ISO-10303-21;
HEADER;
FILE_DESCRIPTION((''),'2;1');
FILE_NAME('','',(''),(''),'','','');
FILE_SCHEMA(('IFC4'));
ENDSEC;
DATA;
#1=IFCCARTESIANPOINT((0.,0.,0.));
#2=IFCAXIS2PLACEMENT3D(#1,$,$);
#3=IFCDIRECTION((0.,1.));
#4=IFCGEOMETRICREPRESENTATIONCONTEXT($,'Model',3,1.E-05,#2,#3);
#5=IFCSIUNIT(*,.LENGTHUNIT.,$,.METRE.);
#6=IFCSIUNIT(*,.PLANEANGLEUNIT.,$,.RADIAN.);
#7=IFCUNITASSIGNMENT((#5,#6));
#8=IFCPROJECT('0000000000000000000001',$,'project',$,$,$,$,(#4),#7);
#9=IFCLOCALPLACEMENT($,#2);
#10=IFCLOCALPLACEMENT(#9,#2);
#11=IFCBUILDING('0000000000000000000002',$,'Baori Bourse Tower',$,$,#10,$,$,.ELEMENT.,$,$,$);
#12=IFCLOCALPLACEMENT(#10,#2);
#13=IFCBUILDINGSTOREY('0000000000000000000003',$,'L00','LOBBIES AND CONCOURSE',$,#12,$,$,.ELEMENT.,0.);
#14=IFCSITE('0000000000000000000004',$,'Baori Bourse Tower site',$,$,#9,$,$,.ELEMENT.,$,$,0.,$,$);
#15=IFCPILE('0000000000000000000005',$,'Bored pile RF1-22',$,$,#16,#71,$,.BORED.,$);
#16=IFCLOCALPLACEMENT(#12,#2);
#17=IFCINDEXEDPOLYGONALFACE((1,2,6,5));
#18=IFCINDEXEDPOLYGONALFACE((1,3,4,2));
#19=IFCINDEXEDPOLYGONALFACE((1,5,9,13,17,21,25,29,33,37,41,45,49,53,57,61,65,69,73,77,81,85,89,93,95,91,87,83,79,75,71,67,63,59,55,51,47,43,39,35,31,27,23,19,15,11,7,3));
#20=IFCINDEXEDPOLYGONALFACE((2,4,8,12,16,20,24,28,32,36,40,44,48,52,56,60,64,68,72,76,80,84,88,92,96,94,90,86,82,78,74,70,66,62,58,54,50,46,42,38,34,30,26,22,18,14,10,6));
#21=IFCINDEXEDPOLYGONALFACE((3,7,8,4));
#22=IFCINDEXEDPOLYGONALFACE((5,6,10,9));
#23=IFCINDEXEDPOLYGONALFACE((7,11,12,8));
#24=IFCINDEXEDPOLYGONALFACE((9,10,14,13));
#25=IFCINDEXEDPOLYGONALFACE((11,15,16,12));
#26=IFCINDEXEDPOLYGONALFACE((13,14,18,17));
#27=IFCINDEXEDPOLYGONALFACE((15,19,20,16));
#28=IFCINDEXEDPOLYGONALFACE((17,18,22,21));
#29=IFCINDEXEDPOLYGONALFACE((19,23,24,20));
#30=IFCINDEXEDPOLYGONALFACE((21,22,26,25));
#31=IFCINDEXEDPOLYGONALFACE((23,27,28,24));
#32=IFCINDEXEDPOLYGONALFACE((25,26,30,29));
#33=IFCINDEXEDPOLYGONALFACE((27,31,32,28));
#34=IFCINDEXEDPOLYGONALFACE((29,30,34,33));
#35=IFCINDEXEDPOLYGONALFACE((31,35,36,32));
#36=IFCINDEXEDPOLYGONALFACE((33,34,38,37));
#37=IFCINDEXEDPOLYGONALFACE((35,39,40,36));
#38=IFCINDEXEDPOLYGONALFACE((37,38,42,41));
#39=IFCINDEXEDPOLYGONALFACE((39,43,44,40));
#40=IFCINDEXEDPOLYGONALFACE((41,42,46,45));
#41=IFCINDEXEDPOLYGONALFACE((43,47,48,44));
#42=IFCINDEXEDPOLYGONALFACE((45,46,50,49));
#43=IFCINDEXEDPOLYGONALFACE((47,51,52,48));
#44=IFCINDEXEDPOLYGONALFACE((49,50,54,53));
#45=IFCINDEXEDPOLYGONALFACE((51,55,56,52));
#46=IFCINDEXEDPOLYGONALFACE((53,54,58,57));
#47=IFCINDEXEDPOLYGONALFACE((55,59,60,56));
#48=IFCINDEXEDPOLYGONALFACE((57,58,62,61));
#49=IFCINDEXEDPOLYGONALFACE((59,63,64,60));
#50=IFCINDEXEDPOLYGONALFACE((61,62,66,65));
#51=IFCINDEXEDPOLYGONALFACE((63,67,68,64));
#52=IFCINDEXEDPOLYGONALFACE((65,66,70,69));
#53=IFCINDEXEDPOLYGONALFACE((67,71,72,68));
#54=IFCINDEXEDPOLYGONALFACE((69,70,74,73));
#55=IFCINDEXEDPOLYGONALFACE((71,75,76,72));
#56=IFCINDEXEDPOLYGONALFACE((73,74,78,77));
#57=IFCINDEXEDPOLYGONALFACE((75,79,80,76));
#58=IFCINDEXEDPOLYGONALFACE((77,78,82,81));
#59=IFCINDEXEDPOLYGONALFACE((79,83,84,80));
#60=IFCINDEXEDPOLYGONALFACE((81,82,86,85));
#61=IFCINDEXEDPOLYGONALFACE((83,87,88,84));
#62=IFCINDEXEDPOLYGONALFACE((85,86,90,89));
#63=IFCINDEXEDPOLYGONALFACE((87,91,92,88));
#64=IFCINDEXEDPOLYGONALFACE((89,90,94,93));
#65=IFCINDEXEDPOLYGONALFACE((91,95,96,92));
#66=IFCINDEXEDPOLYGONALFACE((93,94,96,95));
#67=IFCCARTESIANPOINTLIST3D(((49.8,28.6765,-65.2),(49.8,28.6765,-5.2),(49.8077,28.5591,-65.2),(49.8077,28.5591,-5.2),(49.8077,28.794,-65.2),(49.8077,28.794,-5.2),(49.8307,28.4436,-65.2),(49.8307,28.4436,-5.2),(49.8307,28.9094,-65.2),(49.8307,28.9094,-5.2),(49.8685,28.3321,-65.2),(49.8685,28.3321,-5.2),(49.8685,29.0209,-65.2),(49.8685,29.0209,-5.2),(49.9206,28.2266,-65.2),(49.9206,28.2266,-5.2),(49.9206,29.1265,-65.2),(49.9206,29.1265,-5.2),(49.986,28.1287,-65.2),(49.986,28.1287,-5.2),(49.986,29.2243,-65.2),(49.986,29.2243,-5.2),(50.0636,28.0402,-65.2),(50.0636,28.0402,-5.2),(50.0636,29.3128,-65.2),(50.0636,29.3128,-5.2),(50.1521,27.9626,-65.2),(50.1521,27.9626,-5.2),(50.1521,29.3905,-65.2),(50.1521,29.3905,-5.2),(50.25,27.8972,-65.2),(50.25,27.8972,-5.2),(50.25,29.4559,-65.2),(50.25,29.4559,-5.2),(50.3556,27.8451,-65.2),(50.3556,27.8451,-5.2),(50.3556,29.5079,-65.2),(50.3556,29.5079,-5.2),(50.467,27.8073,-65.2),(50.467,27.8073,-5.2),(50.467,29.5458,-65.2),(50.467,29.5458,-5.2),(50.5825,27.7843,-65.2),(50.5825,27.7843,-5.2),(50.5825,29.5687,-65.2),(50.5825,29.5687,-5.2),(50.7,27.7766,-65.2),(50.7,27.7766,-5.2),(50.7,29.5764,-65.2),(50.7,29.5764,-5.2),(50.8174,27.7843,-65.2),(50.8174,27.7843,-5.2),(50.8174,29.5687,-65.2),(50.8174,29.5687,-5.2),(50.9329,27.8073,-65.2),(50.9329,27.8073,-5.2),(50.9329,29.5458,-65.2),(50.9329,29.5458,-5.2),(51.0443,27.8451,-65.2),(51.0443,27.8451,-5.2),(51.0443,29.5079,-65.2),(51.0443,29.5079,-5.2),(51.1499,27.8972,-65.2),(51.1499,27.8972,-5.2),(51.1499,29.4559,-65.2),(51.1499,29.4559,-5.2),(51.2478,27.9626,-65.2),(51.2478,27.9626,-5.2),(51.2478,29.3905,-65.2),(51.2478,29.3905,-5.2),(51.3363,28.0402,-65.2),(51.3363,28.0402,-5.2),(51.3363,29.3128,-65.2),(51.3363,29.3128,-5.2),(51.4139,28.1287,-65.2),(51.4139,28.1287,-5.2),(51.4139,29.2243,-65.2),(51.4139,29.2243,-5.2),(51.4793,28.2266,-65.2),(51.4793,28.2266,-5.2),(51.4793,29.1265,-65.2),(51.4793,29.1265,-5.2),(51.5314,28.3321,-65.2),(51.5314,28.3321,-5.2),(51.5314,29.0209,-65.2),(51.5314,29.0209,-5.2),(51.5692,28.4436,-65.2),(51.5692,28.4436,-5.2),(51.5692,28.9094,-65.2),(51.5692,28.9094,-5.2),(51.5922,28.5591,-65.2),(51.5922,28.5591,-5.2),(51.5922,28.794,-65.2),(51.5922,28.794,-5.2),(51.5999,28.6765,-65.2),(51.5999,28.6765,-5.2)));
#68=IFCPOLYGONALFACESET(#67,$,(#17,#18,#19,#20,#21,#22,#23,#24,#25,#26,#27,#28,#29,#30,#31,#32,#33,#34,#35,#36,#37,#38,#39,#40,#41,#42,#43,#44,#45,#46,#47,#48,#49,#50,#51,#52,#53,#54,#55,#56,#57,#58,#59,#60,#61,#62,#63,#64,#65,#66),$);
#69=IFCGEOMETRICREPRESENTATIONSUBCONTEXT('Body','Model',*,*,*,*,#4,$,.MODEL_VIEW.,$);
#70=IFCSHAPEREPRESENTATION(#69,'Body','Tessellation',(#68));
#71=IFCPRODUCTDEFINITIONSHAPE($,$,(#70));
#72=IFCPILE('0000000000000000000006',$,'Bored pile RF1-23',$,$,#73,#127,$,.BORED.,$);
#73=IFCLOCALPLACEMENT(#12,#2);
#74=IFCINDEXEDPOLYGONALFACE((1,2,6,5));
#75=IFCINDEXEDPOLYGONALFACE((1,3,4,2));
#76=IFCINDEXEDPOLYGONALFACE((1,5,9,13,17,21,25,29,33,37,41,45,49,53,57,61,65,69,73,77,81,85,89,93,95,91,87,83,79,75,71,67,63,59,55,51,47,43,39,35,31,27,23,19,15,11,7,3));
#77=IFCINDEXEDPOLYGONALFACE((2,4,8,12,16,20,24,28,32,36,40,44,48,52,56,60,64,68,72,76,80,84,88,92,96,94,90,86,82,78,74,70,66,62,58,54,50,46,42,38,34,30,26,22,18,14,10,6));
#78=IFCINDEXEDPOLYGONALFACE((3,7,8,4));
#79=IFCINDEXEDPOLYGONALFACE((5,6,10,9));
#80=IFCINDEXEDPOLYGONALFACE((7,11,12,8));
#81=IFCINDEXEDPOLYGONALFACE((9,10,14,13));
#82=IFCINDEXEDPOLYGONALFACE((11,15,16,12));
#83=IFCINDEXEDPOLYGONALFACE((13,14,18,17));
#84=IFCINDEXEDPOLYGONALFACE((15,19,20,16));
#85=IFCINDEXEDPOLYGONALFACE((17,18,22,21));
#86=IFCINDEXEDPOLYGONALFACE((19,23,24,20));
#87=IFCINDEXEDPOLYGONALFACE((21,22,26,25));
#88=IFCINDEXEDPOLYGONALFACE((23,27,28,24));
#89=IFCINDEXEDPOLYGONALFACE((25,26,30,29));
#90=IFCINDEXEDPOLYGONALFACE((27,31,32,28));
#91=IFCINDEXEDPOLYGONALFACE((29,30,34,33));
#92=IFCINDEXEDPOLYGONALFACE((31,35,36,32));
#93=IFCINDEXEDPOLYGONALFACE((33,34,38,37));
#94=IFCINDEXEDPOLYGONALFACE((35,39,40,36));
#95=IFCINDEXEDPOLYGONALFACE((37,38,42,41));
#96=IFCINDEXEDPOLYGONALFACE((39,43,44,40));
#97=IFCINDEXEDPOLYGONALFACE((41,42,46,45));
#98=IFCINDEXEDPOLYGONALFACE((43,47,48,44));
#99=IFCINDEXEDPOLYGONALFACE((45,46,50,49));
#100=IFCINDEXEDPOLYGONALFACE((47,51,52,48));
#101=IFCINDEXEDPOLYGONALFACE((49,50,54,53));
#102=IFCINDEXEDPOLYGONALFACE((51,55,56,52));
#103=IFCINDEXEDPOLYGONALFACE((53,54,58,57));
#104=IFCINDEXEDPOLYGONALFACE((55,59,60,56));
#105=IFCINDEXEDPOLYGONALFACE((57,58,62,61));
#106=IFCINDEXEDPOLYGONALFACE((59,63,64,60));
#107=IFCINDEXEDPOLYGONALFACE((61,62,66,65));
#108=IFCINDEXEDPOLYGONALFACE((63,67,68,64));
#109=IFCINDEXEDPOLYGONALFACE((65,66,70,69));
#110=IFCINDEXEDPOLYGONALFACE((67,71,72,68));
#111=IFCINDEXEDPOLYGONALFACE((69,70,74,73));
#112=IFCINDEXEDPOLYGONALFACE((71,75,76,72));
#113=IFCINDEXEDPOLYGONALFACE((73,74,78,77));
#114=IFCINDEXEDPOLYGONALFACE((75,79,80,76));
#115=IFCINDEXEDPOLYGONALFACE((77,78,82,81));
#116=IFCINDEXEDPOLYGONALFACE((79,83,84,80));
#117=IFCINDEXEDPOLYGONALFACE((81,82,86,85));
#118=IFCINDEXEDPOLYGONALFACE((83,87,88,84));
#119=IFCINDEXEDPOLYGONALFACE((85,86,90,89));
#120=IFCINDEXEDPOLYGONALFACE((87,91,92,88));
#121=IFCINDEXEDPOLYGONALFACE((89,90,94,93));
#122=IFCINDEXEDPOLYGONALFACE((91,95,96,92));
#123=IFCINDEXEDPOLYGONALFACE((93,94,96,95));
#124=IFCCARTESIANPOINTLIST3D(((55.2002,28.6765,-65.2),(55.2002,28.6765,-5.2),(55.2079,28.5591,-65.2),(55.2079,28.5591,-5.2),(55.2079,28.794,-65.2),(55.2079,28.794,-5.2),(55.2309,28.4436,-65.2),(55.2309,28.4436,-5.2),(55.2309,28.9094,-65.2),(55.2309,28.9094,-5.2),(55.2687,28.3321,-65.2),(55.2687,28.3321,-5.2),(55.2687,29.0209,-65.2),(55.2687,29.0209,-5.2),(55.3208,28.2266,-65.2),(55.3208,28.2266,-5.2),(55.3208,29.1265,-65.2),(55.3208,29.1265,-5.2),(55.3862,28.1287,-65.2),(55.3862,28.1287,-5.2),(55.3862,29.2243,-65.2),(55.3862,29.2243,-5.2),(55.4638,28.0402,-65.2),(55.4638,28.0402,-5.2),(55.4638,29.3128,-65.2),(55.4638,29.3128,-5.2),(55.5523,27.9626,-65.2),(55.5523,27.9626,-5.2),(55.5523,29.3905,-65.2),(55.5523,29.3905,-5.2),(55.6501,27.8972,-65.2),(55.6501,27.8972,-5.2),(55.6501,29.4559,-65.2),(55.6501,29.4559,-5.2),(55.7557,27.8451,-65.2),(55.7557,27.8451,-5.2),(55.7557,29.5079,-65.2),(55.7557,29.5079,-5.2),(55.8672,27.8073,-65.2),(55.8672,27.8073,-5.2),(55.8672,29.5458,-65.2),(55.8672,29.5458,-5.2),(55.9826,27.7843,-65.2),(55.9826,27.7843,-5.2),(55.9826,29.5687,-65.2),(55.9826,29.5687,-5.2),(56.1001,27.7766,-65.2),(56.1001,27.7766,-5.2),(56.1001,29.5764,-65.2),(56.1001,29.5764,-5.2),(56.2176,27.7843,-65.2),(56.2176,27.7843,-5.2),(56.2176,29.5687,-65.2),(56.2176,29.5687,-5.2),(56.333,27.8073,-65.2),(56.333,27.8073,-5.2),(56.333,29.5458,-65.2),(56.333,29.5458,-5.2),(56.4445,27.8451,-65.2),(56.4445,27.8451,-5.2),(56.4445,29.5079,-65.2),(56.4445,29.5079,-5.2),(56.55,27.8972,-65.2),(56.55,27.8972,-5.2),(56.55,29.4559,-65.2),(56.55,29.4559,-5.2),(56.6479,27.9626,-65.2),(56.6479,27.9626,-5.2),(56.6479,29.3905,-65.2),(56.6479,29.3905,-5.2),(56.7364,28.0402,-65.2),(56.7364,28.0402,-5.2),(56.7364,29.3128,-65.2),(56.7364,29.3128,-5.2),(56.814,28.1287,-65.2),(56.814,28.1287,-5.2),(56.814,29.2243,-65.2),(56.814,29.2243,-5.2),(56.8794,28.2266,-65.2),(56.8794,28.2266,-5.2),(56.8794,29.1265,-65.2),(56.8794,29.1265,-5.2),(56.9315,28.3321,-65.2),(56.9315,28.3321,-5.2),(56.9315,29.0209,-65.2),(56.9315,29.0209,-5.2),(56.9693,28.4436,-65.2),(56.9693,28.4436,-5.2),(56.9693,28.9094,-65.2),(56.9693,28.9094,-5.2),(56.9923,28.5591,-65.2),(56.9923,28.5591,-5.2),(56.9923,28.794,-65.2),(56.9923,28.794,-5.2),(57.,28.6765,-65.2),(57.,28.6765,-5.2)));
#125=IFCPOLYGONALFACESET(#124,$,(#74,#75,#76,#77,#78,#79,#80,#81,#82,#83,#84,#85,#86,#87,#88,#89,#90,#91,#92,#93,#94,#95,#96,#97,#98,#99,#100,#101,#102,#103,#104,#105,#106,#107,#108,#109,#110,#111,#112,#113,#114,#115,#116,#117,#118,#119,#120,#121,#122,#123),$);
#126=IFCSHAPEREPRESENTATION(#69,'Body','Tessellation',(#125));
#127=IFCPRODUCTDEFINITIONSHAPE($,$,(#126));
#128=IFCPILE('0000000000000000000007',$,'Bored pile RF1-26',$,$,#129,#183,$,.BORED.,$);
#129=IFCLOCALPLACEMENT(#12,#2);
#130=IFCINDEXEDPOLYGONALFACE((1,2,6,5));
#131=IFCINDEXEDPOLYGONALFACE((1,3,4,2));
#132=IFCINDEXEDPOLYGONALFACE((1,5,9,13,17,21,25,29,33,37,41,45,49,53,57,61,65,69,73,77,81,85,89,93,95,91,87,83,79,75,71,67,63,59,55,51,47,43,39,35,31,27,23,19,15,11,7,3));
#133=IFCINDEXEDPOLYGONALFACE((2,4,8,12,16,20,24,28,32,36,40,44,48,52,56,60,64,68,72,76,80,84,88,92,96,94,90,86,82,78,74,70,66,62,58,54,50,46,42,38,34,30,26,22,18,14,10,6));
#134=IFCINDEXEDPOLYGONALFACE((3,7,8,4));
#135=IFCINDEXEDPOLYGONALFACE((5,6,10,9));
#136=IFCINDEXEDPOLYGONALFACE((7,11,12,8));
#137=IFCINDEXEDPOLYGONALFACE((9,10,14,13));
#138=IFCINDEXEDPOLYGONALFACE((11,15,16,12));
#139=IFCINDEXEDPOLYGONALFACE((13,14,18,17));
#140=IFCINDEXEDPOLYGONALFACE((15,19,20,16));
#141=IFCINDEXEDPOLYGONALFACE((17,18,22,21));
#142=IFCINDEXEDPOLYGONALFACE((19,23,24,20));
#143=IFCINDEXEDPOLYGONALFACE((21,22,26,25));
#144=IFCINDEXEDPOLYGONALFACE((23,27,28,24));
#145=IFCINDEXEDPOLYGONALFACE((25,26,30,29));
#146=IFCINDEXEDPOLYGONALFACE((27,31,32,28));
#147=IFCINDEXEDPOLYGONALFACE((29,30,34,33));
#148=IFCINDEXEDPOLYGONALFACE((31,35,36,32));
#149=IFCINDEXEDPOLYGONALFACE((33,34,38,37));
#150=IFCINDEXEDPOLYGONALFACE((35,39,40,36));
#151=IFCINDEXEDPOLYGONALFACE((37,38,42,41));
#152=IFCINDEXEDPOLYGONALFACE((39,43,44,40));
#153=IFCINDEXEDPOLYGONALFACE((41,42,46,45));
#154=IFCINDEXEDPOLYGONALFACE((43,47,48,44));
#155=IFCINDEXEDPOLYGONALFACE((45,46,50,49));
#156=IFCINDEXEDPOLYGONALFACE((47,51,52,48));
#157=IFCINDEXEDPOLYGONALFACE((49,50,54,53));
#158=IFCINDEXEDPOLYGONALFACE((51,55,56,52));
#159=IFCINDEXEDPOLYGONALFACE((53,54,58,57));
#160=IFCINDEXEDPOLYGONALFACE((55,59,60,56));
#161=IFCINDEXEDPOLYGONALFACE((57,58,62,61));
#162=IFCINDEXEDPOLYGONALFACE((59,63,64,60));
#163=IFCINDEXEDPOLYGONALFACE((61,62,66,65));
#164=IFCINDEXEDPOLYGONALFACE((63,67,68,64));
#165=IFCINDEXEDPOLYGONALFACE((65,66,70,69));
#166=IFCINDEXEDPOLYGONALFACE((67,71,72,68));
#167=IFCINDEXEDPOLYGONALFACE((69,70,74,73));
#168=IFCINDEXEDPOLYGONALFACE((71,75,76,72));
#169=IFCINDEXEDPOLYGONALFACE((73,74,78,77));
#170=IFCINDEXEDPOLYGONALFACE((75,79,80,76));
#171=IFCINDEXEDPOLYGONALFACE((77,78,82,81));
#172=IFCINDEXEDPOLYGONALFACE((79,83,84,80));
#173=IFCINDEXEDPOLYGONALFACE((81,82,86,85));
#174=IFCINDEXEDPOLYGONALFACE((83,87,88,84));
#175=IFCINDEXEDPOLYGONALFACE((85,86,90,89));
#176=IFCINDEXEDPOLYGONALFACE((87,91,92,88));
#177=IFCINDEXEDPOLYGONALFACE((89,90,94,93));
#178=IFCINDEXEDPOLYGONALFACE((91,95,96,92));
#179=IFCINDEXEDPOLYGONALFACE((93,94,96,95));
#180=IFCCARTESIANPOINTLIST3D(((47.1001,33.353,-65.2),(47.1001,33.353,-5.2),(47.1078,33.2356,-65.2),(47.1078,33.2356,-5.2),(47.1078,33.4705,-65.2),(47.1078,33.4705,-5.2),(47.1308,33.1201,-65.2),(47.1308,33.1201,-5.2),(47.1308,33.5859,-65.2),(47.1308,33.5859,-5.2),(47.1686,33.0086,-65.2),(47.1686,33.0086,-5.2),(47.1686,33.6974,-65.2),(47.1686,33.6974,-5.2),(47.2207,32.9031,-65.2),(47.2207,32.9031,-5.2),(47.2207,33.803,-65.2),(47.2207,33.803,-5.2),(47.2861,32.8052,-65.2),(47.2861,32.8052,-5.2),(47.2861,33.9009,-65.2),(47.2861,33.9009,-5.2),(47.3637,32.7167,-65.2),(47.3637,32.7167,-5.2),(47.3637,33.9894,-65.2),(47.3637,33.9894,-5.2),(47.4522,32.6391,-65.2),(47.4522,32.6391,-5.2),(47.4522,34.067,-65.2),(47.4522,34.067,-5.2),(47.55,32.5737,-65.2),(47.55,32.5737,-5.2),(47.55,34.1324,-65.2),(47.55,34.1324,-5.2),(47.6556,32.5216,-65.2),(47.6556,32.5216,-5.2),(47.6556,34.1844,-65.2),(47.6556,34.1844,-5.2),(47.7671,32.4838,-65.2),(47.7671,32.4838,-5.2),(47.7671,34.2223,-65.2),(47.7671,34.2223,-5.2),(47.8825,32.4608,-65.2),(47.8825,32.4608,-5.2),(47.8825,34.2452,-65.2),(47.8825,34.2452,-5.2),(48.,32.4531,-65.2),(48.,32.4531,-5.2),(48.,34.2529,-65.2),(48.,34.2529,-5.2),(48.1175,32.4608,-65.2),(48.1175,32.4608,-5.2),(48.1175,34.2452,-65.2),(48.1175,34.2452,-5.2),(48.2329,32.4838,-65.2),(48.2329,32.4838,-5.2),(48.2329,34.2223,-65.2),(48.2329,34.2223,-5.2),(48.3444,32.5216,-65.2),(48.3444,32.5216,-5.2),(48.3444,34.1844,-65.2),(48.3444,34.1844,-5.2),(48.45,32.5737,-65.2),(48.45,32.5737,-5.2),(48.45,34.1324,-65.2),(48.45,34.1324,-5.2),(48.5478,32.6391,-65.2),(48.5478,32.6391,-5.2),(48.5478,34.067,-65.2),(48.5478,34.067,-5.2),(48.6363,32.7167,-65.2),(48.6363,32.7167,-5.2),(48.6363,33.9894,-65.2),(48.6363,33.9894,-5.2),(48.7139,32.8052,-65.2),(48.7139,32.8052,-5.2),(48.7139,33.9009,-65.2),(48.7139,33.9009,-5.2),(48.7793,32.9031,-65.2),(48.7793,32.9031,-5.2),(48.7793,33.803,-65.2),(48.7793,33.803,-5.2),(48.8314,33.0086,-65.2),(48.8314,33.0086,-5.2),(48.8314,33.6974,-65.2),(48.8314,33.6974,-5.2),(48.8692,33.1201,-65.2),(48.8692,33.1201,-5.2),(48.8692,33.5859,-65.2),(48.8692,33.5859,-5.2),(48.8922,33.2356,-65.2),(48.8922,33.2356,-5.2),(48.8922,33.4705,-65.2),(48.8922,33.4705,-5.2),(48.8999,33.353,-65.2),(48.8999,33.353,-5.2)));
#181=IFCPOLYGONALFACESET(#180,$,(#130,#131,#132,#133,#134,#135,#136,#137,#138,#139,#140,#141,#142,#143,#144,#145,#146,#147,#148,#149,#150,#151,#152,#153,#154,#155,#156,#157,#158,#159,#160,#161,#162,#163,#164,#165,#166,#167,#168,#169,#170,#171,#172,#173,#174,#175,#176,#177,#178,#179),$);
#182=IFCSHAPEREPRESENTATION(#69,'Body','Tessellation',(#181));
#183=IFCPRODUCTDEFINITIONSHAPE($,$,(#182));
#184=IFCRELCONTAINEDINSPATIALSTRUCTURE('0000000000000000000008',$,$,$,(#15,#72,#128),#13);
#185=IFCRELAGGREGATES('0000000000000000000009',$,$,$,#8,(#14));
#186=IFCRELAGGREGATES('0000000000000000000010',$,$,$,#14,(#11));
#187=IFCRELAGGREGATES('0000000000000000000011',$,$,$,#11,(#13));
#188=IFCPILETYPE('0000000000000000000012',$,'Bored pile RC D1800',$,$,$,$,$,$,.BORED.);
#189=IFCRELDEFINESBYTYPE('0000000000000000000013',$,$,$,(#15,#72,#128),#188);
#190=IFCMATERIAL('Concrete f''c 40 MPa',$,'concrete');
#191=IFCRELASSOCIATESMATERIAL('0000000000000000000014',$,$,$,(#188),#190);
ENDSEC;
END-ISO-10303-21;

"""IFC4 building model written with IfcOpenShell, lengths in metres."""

from ifc_helpers import new_model, si_unit, direction, frame, origin, origin_2d, place, context, subcontext, project, spatial, circle, extrude, material, material_profile, profile_set, type_object, element, save


model = new_model("IFC4")

# Units and contexts
model_context = context("Model", 3, precision=1e-05, world=origin(), true_north=direction((0.0, 1.0)))
body_context = subcontext(model_context, "Body", "Model", "MODEL_VIEW")
ifc_project = project(units=[si_unit("LENGTHUNIT", "METRE"), si_unit("PLANEANGLEUNIT", "RADIAN")], contexts=[model_context])

# Site, building, storey
site_placement = place(None, origin())
site = spatial("IfcSite", under=ifc_project, at=site_placement, Name="Baori Bourse Tower site", CompositionType="ELEMENT", RefElevation=0.0)
building_placement = place(site_placement, origin())
building = spatial("IfcBuilding", under=site, at=building_placement, Name="Baori Bourse Tower", CompositionType="ELEMENT")
storey_placement = place(building_placement, origin())
storey = spatial("IfcBuildingStorey", under=building, at=storey_placement, Name="L00", Description="LOBBIES AND CONCOURSE", CompositionType="ELEMENT", Elevation=0.0)

# Piles
ifc_material_1 = material(Name="Concrete f'c 40 MPa", Category="concrete")
ifc_material_profile_1 = material_profile(ifc_material_1, circle(Radius=0.8999, at=origin_2d()), Name="RC D1800")
ifc_profile_set_1 = profile_set([ifc_material_profile_1], Name="Concrete f'c 40 MPa")
pile_type = type_object("IfcPileType", Name="Bored pile RC D1800", PredefinedType="BORED", material=ifc_profile_set_1)
for number, where, z_axis, x_axis, name in (
    (1, (50.7, 28.6765, -5.2), (0.0, 0.0, -1.0), (1.0, 0.0, 0.0), "Bored pile RF1-22"),
    (2, (56.1001, 28.6765, -5.2), (0.0, 0.0, -1.0), (1.0, 0.0, 0.0), "Bored pile RF1-23"),
    (3, (48.0, 33.353, -5.2), (0.0, 0.0, -1.0), (1.0, 0.0, 0.0), "Bored pile RF1-26"),
):
    element("IfcPile", number, at=place(storey_placement, frame(where, z_axis=z_axis, x_axis=x_axis)), inside=storey, type_object=pile_type, Name=name, PredefinedType="BORED", context=body_context, shape_type="SweptSolid", body=[
        extrude(circle(Radius=0.8999, at=origin_2d()), origin(), (0.0, 0.0, 1.0), 60.0),
    ])

save(model, "model.ifc")
